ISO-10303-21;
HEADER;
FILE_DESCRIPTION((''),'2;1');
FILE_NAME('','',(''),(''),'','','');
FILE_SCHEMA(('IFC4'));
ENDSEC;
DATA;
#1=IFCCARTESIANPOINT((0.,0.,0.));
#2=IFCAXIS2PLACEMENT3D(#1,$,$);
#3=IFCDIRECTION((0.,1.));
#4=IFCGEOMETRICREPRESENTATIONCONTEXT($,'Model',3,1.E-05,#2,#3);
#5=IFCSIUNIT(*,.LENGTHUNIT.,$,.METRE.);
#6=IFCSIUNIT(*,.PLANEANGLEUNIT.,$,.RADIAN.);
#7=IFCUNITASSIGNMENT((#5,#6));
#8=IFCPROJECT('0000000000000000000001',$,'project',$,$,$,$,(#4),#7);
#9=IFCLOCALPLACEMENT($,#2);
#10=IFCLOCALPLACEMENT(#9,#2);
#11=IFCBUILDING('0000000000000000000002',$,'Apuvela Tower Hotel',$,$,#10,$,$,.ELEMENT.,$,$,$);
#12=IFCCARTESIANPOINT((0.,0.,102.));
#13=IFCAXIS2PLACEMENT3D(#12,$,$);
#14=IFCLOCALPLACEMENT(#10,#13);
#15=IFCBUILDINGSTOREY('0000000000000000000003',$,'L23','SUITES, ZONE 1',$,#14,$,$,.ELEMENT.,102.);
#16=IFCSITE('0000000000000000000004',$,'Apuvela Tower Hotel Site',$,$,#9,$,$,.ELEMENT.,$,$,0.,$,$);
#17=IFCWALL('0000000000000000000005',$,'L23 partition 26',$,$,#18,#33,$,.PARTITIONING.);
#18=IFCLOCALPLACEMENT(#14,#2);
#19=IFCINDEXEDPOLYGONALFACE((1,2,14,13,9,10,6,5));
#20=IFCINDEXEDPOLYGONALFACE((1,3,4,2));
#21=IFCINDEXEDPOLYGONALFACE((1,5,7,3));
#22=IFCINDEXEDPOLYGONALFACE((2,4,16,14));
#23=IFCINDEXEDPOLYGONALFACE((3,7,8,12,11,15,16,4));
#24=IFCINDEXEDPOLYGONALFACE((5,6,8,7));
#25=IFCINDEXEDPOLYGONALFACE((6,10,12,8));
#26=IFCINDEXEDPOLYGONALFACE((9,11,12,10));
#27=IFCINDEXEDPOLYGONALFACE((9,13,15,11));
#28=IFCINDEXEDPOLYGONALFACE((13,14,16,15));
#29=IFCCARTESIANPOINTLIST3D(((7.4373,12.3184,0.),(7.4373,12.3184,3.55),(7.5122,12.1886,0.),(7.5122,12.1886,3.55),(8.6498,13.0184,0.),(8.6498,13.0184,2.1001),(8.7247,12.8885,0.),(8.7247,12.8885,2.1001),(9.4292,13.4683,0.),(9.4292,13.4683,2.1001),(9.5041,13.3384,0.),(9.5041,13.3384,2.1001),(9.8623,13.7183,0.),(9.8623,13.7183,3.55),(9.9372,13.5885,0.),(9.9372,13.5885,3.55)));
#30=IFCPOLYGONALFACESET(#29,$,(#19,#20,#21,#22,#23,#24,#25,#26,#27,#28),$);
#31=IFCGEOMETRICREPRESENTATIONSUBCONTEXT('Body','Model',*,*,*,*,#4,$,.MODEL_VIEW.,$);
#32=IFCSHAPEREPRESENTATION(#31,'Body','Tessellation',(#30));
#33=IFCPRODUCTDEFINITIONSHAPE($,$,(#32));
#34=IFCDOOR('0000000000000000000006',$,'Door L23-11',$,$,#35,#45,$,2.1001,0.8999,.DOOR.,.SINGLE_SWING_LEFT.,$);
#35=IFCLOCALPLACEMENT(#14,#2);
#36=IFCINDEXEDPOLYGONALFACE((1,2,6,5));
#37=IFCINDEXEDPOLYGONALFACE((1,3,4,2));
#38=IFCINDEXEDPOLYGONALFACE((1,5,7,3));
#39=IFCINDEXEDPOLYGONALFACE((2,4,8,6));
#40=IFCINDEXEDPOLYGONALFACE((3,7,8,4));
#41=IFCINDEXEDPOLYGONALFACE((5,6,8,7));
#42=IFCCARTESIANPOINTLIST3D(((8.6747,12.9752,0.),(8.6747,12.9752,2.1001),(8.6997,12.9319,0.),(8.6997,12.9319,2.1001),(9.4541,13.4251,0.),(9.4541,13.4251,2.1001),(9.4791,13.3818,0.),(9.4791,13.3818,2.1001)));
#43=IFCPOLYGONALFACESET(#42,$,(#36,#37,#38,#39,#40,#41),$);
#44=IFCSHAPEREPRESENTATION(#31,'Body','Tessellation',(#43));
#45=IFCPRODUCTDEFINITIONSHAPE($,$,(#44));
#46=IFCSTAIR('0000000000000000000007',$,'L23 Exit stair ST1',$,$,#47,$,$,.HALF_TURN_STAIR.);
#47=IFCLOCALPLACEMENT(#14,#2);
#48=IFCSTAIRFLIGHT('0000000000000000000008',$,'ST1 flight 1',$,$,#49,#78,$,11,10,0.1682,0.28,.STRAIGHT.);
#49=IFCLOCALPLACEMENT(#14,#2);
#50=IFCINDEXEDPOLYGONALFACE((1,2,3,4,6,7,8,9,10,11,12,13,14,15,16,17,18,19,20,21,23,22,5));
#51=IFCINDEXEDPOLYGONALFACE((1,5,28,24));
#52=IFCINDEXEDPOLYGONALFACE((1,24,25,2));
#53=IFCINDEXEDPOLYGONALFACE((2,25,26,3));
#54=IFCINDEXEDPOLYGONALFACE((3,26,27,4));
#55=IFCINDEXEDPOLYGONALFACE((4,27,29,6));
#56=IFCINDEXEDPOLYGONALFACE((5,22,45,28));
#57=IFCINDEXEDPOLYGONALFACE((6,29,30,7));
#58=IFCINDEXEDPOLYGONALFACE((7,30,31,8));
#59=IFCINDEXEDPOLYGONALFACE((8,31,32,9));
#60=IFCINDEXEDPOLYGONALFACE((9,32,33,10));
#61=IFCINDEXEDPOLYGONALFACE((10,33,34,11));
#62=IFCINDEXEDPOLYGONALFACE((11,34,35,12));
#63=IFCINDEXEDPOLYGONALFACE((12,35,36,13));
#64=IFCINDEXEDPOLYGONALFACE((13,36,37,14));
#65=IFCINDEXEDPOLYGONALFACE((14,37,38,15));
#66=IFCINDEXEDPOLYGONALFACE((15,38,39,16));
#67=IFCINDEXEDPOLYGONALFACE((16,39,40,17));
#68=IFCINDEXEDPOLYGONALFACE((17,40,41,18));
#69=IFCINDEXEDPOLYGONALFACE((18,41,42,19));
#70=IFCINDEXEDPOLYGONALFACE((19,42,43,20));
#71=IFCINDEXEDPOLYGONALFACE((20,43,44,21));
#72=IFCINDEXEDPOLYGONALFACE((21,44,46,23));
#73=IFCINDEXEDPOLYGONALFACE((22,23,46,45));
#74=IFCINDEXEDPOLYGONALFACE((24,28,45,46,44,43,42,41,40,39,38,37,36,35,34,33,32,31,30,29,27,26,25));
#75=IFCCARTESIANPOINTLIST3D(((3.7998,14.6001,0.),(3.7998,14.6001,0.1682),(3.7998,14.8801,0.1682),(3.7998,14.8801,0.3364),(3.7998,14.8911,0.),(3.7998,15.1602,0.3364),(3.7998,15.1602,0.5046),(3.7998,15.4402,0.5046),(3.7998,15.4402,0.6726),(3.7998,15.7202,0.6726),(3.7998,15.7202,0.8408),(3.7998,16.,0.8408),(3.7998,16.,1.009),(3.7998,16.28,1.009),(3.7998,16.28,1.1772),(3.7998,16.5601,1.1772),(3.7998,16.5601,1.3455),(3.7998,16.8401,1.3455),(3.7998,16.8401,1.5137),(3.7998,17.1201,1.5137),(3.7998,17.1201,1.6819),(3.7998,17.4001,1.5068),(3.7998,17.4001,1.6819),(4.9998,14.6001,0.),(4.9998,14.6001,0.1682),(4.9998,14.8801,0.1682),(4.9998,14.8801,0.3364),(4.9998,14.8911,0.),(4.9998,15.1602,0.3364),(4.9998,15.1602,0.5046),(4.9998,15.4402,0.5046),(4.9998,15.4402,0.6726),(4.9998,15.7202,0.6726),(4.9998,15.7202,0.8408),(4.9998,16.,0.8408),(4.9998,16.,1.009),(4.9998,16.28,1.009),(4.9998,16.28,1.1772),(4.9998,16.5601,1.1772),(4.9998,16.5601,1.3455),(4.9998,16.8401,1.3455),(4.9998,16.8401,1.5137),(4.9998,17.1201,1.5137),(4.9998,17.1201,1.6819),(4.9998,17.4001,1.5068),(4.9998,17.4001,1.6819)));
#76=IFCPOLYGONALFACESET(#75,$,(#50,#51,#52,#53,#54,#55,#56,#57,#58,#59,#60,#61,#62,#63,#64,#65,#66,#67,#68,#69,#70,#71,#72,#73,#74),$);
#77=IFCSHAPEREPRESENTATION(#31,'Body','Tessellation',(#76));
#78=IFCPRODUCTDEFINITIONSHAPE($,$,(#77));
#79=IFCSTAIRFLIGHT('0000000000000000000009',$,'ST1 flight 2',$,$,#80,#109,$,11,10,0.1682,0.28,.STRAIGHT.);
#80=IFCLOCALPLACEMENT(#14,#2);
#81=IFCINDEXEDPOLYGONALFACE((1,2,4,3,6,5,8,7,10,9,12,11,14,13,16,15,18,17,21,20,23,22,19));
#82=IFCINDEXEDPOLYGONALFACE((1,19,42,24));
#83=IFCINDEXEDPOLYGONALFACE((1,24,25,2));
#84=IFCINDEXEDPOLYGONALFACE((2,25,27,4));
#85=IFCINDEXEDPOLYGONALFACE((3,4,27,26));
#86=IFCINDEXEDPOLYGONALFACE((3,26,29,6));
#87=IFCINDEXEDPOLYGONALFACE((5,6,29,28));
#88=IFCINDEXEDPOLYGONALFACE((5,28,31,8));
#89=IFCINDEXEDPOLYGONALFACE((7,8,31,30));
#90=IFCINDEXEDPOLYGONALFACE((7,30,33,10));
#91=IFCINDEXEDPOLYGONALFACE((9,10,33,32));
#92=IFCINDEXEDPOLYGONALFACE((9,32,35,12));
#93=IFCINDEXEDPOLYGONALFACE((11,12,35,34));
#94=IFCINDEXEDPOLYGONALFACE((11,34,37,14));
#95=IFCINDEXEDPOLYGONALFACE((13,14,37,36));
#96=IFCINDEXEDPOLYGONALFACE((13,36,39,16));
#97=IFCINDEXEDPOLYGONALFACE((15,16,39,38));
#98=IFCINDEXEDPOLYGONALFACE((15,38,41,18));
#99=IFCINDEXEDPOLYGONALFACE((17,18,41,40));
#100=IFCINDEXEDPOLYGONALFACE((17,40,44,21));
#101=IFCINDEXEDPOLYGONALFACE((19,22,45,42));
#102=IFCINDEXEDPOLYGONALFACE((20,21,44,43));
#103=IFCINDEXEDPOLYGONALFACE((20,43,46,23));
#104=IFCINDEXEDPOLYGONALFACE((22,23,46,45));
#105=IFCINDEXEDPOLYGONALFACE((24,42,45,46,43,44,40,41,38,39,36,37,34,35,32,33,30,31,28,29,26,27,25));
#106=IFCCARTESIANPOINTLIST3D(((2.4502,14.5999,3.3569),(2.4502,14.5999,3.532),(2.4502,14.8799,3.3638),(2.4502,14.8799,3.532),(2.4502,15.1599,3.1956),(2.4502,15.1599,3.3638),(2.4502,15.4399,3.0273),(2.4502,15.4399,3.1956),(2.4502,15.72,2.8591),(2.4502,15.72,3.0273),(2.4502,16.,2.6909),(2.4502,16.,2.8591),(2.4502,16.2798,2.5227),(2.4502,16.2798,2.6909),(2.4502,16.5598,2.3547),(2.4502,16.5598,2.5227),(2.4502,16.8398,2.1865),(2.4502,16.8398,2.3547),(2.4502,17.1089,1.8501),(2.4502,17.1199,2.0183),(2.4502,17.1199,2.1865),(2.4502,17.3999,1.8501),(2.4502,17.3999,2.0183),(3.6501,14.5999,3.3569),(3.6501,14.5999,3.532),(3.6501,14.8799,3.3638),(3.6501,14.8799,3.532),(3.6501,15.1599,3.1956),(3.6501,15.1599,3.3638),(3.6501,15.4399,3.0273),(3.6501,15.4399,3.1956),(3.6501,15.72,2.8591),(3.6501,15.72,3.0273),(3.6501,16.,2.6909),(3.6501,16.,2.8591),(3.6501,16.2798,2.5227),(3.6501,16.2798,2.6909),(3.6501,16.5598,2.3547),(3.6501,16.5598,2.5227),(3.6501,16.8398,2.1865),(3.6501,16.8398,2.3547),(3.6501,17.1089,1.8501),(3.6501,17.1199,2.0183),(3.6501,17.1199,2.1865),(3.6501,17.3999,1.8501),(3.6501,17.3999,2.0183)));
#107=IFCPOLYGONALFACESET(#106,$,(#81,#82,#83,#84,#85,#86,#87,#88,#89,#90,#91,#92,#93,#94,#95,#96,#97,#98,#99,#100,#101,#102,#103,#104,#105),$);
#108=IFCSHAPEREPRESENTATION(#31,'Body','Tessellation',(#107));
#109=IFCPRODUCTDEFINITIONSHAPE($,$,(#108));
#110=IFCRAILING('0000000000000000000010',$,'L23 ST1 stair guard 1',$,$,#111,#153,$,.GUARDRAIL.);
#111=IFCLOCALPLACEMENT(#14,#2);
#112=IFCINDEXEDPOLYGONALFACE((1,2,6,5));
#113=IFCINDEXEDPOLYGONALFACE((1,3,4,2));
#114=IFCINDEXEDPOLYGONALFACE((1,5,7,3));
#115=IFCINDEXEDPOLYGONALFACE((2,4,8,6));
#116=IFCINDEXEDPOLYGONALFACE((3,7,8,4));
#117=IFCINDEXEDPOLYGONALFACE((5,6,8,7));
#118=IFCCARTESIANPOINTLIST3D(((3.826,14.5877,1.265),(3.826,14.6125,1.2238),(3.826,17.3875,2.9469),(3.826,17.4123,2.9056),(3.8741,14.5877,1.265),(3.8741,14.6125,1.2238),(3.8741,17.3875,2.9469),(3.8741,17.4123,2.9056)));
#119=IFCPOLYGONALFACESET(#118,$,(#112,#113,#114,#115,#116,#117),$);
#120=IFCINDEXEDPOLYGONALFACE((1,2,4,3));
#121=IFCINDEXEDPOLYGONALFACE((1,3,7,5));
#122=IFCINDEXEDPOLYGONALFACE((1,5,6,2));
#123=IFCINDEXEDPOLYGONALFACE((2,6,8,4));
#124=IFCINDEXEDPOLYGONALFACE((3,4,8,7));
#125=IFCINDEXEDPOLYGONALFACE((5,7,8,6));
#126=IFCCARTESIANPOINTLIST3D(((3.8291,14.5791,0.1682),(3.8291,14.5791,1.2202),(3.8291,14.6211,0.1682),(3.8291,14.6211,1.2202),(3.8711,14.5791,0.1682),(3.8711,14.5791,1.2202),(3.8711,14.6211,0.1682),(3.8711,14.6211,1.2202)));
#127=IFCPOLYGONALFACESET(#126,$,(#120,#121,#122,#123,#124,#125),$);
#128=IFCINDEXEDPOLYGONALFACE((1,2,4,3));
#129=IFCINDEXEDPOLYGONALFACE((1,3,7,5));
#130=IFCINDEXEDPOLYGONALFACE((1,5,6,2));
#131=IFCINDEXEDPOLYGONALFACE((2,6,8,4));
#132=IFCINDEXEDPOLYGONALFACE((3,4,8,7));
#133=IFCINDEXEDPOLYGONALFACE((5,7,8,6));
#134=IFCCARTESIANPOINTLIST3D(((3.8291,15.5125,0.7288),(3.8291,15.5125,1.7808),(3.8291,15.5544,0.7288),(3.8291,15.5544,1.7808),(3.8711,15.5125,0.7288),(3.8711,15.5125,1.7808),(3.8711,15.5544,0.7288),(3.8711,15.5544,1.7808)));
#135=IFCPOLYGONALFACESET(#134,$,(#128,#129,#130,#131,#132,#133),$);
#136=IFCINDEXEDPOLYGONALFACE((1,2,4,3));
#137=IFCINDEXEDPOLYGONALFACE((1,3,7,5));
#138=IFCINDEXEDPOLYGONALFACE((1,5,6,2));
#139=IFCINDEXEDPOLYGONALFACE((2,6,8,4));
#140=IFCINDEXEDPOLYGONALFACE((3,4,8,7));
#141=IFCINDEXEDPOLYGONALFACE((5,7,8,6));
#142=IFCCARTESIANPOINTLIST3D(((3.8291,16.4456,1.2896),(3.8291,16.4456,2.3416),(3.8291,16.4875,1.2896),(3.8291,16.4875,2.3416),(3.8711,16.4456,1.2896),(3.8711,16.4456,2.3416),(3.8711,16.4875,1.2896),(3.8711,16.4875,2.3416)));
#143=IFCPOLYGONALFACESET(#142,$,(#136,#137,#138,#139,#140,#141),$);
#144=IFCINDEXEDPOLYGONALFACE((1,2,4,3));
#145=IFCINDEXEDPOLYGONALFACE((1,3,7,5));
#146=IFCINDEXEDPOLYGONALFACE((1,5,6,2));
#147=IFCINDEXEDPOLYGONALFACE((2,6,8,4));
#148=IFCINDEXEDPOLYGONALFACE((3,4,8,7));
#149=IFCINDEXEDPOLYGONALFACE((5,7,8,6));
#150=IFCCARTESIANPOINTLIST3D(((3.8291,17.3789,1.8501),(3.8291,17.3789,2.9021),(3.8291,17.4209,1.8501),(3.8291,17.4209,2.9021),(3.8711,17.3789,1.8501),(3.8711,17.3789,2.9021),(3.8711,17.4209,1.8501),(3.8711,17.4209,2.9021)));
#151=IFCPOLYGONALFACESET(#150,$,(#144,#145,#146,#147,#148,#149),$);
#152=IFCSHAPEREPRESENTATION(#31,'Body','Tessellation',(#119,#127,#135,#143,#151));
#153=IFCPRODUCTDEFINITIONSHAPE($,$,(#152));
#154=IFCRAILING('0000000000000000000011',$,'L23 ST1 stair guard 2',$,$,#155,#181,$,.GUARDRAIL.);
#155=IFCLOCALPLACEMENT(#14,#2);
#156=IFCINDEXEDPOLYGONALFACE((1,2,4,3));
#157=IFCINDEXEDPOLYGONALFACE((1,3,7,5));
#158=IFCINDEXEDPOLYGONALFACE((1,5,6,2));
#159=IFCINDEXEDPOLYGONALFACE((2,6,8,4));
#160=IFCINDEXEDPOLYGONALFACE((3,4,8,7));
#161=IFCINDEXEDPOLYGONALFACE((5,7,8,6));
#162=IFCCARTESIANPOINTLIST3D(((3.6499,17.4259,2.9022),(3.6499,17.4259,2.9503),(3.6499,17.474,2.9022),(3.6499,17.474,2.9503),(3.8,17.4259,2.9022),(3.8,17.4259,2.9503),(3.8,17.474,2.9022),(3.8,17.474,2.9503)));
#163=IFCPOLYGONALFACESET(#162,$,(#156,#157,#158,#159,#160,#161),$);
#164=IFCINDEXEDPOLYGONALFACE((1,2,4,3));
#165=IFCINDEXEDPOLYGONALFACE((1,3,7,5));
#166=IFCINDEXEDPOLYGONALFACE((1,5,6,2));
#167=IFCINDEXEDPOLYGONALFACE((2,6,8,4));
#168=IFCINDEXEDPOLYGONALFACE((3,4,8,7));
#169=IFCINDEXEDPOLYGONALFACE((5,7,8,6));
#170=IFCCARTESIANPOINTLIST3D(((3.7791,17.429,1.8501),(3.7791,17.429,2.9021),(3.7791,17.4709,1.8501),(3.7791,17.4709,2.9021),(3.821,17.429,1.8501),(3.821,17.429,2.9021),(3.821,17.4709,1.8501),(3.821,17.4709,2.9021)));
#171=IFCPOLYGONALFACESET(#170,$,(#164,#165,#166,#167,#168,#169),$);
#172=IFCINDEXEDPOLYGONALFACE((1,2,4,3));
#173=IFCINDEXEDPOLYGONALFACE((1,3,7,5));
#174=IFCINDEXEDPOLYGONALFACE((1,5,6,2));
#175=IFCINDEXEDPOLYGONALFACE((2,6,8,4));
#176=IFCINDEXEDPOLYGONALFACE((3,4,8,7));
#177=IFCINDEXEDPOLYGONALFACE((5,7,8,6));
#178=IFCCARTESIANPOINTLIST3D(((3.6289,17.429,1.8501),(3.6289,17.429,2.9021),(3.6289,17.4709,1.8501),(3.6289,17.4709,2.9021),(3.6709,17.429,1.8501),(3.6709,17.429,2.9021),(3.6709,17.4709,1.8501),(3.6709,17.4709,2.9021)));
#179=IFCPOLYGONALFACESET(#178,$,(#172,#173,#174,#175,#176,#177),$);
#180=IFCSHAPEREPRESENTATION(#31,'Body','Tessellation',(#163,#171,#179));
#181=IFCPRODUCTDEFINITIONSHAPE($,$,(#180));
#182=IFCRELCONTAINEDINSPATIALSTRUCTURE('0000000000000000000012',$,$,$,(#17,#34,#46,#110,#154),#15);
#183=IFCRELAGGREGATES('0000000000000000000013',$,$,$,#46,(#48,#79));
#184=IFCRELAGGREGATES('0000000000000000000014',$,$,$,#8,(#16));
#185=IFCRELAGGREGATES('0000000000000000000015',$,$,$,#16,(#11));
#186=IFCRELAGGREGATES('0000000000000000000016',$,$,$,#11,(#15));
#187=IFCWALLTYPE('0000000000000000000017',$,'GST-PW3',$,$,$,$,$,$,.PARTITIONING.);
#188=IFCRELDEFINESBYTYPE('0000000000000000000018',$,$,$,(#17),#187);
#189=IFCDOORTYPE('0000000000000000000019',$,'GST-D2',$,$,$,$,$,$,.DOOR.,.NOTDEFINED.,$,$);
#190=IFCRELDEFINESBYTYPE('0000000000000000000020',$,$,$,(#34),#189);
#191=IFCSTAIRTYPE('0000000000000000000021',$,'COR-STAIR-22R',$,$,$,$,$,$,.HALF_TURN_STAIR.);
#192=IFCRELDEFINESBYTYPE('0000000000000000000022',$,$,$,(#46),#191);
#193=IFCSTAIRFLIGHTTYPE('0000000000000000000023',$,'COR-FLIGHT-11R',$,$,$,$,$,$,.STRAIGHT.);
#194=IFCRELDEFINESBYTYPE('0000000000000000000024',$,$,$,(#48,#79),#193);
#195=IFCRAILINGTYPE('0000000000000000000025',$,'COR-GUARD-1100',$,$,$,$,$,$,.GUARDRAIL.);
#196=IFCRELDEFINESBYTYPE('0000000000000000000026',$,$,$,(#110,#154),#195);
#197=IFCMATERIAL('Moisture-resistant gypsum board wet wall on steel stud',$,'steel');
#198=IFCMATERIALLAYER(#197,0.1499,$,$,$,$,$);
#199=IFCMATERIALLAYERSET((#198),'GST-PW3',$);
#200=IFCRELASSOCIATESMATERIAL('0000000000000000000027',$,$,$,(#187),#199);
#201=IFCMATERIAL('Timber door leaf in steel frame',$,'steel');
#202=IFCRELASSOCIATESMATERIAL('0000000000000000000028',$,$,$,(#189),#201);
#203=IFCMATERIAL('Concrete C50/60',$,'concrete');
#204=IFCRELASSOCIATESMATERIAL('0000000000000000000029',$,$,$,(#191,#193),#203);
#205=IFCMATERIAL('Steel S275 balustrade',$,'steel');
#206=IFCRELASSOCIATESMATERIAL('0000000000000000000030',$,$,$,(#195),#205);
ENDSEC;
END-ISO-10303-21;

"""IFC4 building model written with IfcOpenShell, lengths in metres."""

from ifc_helpers import new_model, si_unit, direction, frame, frame_2d, origin, origin_2d, place, context, subcontext, project, spatial, polyline, rectangle, outline, extrude, material, layer, layer_set, type_object, element, fill, aggregate, save


model = new_model("IFC4")

# Units and contexts
model_context = context("Model", 3, precision=1e-05, world=origin(), true_north=direction((0.0, 1.0)))
body_context = subcontext(model_context, "Body", "Model", "MODEL_VIEW")
ifc_project = project(units=[si_unit("LENGTHUNIT", "METRE"), si_unit("PLANEANGLEUNIT", "RADIAN")], contexts=[model_context])

# Site, building, storey
site_placement = place(None, origin())
site = spatial("IfcSite", under=ifc_project, at=site_placement, Name="Apuvela Tower Hotel Site", CompositionType="ELEMENT", RefElevation=0.0)
building_placement = place(site_placement, origin())
building = spatial("IfcBuilding", under=site, at=building_placement, Name="Apuvela Tower Hotel", CompositionType="ELEMENT")
storey_placement = place(building_placement, frame((0.0, 0.0, 102.0)))
storey = spatial("IfcBuildingStorey", under=building, at=storey_placement, Name="L23", Description="SUITES, ZONE 1", CompositionType="ELEMENT", Elevation=102.0)

# Shared definitions
ifc_material_1 = material(Name="Concrete C50/60", Category="concrete")

# Wall, opening, door
ifc_material_2 = material(Name="Moisture-resistant gypsum board wet wall on steel stud", Category="steel")
ifc_layer_1 = layer(ifc_material_2, 0.1499)
ifc_layer_set_1 = layer_set([ifc_layer_1], Name="GST-PW3")
wall_type_1 = type_object("IfcWallType", Name="GST-PW3", PredefinedType="PARTITIONING", material=ifc_layer_set_1)
wall_1_placement = place(storey_placement, frame((9.8997, 13.6533, 0.0), z_axis=(0.0, 0.0, 1.0), x_axis=(-0.866056, -0.499946, 0.0)))
wall_1 = element("IfcWall", 1, at=wall_1_placement, inside=storey, type_object=wall_type_1, Name="L23 partition 26", PredefinedType="PARTITIONING", context=body_context, shape_type="SweptSolid", body=[
    extrude(rectangle(XDim=2.8, YDim=0.1499, at=frame_2d((1.3999, 0.0))), origin(), (0.0, 0.0, 1.0), 3.55),
])
opening_1_placement = place(wall_1_placement, frame((0.5, 0.0, 0.0)))
opening_1 = element("IfcOpeningElement", 2, at=opening_1_placement, cuts=wall_1, PredefinedType="OPENING", context=body_context, shape_type="SweptSolid", body=[
    extrude(rectangle(XDim=0.8999, YDim=2.1001, at=frame_2d((0.45, 1.05))), frame((0.0, 0.085, 0.0), z_axis=(0.0, -1.0, 0.0), x_axis=(1.0, 0.0, 0.0)), (0.0, 0.0, 1.0), 0.1699),
])
ifc_material_3 = material(Name="Timber door leaf in steel frame", Category="steel")
door_type_1 = type_object("IfcDoorType", Name="GST-D2", OperationType="NOTDEFINED", PredefinedType="DOOR", material=ifc_material_3)
door_1_placement = place(opening_1_placement, origin())
door_1 = element("IfcDoor", 3, at=door_1_placement, inside=storey, type_object=door_type_1, Name="Door L23-11", OperationType="SINGLE_SWING_LEFT", OverallHeight=2.1001, OverallWidth=0.8999, PredefinedType="DOOR", context=body_context, shape_type="SweptSolid", body=[
    extrude(rectangle(XDim=0.8999, YDim=2.1001, at=frame_2d((0.45, 1.05))), frame((0.0, 0.0249, 0.0), z_axis=(0.0, -1.0, 0.0), x_axis=(1.0, 0.0, 0.0)), (0.0, 0.0, 1.0), 0.05),
])
fill(opening_1, door_1)

# Stair, stair flights
stair_type = type_object("IfcStairType", Name="COR-STAIR-22R", PredefinedType="HALF_TURN_STAIR", material=ifc_material_1)
stair_placement = place(storey_placement, origin())
stair = element("IfcStair", 4, at=stair_placement, inside=storey, type_object=stair_type, Name="L23 Exit stair ST1", PredefinedType="HALF_TURN_STAIR")
stair_flight_type = type_object("IfcStairFlightType", Name="COR-FLIGHT-11R", PredefinedType="STRAIGHT", material=ifc_material_1)
stair_flight_1_placement = place(storey_placement, frame((4.3999, 14.6001, 0.0), z_axis=(0.0, 0.0, 1.0), x_axis=(0.0, 1.0, 0.0)))
stair_flight_1 = element("IfcStairFlight", 5, at=stair_flight_1_placement, type_object=stair_flight_type, Name="ST1 flight 1", NumberOfRisers=11, NumberOfTreads=10, PredefinedType="STRAIGHT", RiserHeight=0.1682, TreadLength=0.28, context=body_context, shape_type="SweptSolid", body=[
    extrude(outline(polyline([(0.0, 0.0), (0.0, 0.1682), (0.28, 0.1682), (0.28, 0.3364), (0.5601, 0.3364), (0.5601, 0.5046), (0.8401, 0.5046), (0.8401, 0.6726), (1.1201, 0.6726), (1.1201, 0.8408), (1.3999, 0.8408), (1.3999, 1.009), (1.6799, 1.009), (1.6799, 1.1772), (1.96, 1.1772), (1.96, 1.3455), (2.24, 1.3455), (2.24, 1.5137), (2.52, 1.5137), (2.52, 1.6819), (2.8, 1.6819), (2.8, 1.8501), (2.8, 1.5068), (0.291, 0.0), (0.0, 0.0)])), frame((0.0, 0.6001, 0.0), z_axis=(0.0, -1.0, 0.0), x_axis=(1.0, 0.0, 0.0)), (0.0, 0.0, 1.0), 1.2),
])
stair_flight_2_placement = place(storey_placement, frame((3.05, 17.3999, 1.8501), z_axis=(0.0, 0.0, 1.0), x_axis=(0.0, -1.0, 0.0)))
stair_flight_2 = element("IfcStairFlight", 6, at=stair_flight_2_placement, type_object=stair_flight_type, Name="ST1 flight 2", NumberOfRisers=11, NumberOfTreads=10, PredefinedType="STRAIGHT", RiserHeight=0.1682, TreadLength=0.28, context=body_context, shape_type="SweptSolid", body=[
    extrude(outline(polyline([(0.0, 0.0), (0.0, 0.1682), (0.28, 0.1682), (0.28, 0.3364), (0.5601, 0.3364), (0.5601, 0.5046), (0.8401, 0.5046), (0.8401, 0.6726), (1.1201, 0.6726), (1.1201, 0.8408), (1.3999, 0.8408), (1.3999, 1.009), (1.6799, 1.009), (1.6799, 1.1772), (1.96, 1.1772), (1.96, 1.3455), (2.24, 1.3455), (2.24, 1.5137), (2.52, 1.5137), (2.52, 1.6819), (2.8, 1.6819), (2.8, 1.8501), (2.8, 1.5068), (0.291, 0.0), (0.0, 0.0)])), frame((0.0, 0.6001, 0.0), z_axis=(0.0, -1.0, 0.0), x_axis=(1.0, 0.0, 0.0)), (0.0, 0.0, 1.0), 1.2),
])
aggregate(stair, [stair_flight_1, stair_flight_2])

# Railings
ifc_material_4 = material(Name="Steel S275 balustrade", Category="steel")
railing_type_1 = type_object("IfcRailingType", Name="COR-GUARD-1100", PredefinedType="GUARDRAIL", material=ifc_material_4)
railing_1_placement = place(storey_placement, frame((3.8501, 14.6001, 0.1682)))
element("IfcRailing", 7, at=railing_1_placement, inside=storey, type_object=railing_type_1, Name="L23 ST1 stair guard 1", PredefinedType="GUARDRAIL", context=body_context, shape_type="SweptSolid", body=[
    extrude(rectangle(XDim=0.0481, YDim=0.0481, at=origin_2d()), frame((0.0, 0.0, 1.0762), z_axis=(0.0, 0.857222, 0.514946), x_axis=(-1.0, 0.0, 0.0)), (0.0, 0.0, 1.0), 3.2661),
    extrude(rectangle(XDim=0.042, YDim=0.042, at=origin_2d()), origin(), (0.0, 0.0, 1.0), 1.052),
    extrude(rectangle(XDim=0.042, YDim=0.042, at=origin_2d()), frame((0.0, 0.9333, 0.5605)), (0.0, 0.0, 1.0), 1.052),
    extrude(rectangle(XDim=0.042, YDim=0.042, at=origin_2d()), frame((0.0, 1.8665, 1.1213)), (0.0, 0.0, 1.0), 1.052),
    extrude(rectangle(XDim=0.042, YDim=0.042, at=origin_2d()), frame((0.0, 2.7998, 1.6819)), (0.0, 0.0, 1.0), 1.052),
])
railing_2_placement = place(storey_placement, frame((3.8, 17.45, 1.8501)))
element("IfcRailing", 8, at=railing_2_placement, inside=storey, type_object=railing_type_1, Name="L23 ST1 stair guard 2", PredefinedType="GUARDRAIL", context=body_context, shape_type="SweptSolid", body=[
    extrude(rectangle(XDim=0.0481, YDim=0.0481, at=origin_2d()), frame((0.0, 0.0, 1.0762), z_axis=(-1.0, 0.0, 0.0), x_axis=(0.0, -1.0, 0.0)), (0.0, 0.0, 1.0), 0.1501),
    extrude(rectangle(XDim=0.042, YDim=0.042, at=origin_2d()), origin(), (0.0, 0.0, 1.0), 1.052),
    extrude(rectangle(XDim=0.042, YDim=0.042, at=origin_2d()), frame((-0.1501, 0.0, 0.0)), (0.0, 0.0, 1.0), 1.052),
])

save(model, "model.ifc")
